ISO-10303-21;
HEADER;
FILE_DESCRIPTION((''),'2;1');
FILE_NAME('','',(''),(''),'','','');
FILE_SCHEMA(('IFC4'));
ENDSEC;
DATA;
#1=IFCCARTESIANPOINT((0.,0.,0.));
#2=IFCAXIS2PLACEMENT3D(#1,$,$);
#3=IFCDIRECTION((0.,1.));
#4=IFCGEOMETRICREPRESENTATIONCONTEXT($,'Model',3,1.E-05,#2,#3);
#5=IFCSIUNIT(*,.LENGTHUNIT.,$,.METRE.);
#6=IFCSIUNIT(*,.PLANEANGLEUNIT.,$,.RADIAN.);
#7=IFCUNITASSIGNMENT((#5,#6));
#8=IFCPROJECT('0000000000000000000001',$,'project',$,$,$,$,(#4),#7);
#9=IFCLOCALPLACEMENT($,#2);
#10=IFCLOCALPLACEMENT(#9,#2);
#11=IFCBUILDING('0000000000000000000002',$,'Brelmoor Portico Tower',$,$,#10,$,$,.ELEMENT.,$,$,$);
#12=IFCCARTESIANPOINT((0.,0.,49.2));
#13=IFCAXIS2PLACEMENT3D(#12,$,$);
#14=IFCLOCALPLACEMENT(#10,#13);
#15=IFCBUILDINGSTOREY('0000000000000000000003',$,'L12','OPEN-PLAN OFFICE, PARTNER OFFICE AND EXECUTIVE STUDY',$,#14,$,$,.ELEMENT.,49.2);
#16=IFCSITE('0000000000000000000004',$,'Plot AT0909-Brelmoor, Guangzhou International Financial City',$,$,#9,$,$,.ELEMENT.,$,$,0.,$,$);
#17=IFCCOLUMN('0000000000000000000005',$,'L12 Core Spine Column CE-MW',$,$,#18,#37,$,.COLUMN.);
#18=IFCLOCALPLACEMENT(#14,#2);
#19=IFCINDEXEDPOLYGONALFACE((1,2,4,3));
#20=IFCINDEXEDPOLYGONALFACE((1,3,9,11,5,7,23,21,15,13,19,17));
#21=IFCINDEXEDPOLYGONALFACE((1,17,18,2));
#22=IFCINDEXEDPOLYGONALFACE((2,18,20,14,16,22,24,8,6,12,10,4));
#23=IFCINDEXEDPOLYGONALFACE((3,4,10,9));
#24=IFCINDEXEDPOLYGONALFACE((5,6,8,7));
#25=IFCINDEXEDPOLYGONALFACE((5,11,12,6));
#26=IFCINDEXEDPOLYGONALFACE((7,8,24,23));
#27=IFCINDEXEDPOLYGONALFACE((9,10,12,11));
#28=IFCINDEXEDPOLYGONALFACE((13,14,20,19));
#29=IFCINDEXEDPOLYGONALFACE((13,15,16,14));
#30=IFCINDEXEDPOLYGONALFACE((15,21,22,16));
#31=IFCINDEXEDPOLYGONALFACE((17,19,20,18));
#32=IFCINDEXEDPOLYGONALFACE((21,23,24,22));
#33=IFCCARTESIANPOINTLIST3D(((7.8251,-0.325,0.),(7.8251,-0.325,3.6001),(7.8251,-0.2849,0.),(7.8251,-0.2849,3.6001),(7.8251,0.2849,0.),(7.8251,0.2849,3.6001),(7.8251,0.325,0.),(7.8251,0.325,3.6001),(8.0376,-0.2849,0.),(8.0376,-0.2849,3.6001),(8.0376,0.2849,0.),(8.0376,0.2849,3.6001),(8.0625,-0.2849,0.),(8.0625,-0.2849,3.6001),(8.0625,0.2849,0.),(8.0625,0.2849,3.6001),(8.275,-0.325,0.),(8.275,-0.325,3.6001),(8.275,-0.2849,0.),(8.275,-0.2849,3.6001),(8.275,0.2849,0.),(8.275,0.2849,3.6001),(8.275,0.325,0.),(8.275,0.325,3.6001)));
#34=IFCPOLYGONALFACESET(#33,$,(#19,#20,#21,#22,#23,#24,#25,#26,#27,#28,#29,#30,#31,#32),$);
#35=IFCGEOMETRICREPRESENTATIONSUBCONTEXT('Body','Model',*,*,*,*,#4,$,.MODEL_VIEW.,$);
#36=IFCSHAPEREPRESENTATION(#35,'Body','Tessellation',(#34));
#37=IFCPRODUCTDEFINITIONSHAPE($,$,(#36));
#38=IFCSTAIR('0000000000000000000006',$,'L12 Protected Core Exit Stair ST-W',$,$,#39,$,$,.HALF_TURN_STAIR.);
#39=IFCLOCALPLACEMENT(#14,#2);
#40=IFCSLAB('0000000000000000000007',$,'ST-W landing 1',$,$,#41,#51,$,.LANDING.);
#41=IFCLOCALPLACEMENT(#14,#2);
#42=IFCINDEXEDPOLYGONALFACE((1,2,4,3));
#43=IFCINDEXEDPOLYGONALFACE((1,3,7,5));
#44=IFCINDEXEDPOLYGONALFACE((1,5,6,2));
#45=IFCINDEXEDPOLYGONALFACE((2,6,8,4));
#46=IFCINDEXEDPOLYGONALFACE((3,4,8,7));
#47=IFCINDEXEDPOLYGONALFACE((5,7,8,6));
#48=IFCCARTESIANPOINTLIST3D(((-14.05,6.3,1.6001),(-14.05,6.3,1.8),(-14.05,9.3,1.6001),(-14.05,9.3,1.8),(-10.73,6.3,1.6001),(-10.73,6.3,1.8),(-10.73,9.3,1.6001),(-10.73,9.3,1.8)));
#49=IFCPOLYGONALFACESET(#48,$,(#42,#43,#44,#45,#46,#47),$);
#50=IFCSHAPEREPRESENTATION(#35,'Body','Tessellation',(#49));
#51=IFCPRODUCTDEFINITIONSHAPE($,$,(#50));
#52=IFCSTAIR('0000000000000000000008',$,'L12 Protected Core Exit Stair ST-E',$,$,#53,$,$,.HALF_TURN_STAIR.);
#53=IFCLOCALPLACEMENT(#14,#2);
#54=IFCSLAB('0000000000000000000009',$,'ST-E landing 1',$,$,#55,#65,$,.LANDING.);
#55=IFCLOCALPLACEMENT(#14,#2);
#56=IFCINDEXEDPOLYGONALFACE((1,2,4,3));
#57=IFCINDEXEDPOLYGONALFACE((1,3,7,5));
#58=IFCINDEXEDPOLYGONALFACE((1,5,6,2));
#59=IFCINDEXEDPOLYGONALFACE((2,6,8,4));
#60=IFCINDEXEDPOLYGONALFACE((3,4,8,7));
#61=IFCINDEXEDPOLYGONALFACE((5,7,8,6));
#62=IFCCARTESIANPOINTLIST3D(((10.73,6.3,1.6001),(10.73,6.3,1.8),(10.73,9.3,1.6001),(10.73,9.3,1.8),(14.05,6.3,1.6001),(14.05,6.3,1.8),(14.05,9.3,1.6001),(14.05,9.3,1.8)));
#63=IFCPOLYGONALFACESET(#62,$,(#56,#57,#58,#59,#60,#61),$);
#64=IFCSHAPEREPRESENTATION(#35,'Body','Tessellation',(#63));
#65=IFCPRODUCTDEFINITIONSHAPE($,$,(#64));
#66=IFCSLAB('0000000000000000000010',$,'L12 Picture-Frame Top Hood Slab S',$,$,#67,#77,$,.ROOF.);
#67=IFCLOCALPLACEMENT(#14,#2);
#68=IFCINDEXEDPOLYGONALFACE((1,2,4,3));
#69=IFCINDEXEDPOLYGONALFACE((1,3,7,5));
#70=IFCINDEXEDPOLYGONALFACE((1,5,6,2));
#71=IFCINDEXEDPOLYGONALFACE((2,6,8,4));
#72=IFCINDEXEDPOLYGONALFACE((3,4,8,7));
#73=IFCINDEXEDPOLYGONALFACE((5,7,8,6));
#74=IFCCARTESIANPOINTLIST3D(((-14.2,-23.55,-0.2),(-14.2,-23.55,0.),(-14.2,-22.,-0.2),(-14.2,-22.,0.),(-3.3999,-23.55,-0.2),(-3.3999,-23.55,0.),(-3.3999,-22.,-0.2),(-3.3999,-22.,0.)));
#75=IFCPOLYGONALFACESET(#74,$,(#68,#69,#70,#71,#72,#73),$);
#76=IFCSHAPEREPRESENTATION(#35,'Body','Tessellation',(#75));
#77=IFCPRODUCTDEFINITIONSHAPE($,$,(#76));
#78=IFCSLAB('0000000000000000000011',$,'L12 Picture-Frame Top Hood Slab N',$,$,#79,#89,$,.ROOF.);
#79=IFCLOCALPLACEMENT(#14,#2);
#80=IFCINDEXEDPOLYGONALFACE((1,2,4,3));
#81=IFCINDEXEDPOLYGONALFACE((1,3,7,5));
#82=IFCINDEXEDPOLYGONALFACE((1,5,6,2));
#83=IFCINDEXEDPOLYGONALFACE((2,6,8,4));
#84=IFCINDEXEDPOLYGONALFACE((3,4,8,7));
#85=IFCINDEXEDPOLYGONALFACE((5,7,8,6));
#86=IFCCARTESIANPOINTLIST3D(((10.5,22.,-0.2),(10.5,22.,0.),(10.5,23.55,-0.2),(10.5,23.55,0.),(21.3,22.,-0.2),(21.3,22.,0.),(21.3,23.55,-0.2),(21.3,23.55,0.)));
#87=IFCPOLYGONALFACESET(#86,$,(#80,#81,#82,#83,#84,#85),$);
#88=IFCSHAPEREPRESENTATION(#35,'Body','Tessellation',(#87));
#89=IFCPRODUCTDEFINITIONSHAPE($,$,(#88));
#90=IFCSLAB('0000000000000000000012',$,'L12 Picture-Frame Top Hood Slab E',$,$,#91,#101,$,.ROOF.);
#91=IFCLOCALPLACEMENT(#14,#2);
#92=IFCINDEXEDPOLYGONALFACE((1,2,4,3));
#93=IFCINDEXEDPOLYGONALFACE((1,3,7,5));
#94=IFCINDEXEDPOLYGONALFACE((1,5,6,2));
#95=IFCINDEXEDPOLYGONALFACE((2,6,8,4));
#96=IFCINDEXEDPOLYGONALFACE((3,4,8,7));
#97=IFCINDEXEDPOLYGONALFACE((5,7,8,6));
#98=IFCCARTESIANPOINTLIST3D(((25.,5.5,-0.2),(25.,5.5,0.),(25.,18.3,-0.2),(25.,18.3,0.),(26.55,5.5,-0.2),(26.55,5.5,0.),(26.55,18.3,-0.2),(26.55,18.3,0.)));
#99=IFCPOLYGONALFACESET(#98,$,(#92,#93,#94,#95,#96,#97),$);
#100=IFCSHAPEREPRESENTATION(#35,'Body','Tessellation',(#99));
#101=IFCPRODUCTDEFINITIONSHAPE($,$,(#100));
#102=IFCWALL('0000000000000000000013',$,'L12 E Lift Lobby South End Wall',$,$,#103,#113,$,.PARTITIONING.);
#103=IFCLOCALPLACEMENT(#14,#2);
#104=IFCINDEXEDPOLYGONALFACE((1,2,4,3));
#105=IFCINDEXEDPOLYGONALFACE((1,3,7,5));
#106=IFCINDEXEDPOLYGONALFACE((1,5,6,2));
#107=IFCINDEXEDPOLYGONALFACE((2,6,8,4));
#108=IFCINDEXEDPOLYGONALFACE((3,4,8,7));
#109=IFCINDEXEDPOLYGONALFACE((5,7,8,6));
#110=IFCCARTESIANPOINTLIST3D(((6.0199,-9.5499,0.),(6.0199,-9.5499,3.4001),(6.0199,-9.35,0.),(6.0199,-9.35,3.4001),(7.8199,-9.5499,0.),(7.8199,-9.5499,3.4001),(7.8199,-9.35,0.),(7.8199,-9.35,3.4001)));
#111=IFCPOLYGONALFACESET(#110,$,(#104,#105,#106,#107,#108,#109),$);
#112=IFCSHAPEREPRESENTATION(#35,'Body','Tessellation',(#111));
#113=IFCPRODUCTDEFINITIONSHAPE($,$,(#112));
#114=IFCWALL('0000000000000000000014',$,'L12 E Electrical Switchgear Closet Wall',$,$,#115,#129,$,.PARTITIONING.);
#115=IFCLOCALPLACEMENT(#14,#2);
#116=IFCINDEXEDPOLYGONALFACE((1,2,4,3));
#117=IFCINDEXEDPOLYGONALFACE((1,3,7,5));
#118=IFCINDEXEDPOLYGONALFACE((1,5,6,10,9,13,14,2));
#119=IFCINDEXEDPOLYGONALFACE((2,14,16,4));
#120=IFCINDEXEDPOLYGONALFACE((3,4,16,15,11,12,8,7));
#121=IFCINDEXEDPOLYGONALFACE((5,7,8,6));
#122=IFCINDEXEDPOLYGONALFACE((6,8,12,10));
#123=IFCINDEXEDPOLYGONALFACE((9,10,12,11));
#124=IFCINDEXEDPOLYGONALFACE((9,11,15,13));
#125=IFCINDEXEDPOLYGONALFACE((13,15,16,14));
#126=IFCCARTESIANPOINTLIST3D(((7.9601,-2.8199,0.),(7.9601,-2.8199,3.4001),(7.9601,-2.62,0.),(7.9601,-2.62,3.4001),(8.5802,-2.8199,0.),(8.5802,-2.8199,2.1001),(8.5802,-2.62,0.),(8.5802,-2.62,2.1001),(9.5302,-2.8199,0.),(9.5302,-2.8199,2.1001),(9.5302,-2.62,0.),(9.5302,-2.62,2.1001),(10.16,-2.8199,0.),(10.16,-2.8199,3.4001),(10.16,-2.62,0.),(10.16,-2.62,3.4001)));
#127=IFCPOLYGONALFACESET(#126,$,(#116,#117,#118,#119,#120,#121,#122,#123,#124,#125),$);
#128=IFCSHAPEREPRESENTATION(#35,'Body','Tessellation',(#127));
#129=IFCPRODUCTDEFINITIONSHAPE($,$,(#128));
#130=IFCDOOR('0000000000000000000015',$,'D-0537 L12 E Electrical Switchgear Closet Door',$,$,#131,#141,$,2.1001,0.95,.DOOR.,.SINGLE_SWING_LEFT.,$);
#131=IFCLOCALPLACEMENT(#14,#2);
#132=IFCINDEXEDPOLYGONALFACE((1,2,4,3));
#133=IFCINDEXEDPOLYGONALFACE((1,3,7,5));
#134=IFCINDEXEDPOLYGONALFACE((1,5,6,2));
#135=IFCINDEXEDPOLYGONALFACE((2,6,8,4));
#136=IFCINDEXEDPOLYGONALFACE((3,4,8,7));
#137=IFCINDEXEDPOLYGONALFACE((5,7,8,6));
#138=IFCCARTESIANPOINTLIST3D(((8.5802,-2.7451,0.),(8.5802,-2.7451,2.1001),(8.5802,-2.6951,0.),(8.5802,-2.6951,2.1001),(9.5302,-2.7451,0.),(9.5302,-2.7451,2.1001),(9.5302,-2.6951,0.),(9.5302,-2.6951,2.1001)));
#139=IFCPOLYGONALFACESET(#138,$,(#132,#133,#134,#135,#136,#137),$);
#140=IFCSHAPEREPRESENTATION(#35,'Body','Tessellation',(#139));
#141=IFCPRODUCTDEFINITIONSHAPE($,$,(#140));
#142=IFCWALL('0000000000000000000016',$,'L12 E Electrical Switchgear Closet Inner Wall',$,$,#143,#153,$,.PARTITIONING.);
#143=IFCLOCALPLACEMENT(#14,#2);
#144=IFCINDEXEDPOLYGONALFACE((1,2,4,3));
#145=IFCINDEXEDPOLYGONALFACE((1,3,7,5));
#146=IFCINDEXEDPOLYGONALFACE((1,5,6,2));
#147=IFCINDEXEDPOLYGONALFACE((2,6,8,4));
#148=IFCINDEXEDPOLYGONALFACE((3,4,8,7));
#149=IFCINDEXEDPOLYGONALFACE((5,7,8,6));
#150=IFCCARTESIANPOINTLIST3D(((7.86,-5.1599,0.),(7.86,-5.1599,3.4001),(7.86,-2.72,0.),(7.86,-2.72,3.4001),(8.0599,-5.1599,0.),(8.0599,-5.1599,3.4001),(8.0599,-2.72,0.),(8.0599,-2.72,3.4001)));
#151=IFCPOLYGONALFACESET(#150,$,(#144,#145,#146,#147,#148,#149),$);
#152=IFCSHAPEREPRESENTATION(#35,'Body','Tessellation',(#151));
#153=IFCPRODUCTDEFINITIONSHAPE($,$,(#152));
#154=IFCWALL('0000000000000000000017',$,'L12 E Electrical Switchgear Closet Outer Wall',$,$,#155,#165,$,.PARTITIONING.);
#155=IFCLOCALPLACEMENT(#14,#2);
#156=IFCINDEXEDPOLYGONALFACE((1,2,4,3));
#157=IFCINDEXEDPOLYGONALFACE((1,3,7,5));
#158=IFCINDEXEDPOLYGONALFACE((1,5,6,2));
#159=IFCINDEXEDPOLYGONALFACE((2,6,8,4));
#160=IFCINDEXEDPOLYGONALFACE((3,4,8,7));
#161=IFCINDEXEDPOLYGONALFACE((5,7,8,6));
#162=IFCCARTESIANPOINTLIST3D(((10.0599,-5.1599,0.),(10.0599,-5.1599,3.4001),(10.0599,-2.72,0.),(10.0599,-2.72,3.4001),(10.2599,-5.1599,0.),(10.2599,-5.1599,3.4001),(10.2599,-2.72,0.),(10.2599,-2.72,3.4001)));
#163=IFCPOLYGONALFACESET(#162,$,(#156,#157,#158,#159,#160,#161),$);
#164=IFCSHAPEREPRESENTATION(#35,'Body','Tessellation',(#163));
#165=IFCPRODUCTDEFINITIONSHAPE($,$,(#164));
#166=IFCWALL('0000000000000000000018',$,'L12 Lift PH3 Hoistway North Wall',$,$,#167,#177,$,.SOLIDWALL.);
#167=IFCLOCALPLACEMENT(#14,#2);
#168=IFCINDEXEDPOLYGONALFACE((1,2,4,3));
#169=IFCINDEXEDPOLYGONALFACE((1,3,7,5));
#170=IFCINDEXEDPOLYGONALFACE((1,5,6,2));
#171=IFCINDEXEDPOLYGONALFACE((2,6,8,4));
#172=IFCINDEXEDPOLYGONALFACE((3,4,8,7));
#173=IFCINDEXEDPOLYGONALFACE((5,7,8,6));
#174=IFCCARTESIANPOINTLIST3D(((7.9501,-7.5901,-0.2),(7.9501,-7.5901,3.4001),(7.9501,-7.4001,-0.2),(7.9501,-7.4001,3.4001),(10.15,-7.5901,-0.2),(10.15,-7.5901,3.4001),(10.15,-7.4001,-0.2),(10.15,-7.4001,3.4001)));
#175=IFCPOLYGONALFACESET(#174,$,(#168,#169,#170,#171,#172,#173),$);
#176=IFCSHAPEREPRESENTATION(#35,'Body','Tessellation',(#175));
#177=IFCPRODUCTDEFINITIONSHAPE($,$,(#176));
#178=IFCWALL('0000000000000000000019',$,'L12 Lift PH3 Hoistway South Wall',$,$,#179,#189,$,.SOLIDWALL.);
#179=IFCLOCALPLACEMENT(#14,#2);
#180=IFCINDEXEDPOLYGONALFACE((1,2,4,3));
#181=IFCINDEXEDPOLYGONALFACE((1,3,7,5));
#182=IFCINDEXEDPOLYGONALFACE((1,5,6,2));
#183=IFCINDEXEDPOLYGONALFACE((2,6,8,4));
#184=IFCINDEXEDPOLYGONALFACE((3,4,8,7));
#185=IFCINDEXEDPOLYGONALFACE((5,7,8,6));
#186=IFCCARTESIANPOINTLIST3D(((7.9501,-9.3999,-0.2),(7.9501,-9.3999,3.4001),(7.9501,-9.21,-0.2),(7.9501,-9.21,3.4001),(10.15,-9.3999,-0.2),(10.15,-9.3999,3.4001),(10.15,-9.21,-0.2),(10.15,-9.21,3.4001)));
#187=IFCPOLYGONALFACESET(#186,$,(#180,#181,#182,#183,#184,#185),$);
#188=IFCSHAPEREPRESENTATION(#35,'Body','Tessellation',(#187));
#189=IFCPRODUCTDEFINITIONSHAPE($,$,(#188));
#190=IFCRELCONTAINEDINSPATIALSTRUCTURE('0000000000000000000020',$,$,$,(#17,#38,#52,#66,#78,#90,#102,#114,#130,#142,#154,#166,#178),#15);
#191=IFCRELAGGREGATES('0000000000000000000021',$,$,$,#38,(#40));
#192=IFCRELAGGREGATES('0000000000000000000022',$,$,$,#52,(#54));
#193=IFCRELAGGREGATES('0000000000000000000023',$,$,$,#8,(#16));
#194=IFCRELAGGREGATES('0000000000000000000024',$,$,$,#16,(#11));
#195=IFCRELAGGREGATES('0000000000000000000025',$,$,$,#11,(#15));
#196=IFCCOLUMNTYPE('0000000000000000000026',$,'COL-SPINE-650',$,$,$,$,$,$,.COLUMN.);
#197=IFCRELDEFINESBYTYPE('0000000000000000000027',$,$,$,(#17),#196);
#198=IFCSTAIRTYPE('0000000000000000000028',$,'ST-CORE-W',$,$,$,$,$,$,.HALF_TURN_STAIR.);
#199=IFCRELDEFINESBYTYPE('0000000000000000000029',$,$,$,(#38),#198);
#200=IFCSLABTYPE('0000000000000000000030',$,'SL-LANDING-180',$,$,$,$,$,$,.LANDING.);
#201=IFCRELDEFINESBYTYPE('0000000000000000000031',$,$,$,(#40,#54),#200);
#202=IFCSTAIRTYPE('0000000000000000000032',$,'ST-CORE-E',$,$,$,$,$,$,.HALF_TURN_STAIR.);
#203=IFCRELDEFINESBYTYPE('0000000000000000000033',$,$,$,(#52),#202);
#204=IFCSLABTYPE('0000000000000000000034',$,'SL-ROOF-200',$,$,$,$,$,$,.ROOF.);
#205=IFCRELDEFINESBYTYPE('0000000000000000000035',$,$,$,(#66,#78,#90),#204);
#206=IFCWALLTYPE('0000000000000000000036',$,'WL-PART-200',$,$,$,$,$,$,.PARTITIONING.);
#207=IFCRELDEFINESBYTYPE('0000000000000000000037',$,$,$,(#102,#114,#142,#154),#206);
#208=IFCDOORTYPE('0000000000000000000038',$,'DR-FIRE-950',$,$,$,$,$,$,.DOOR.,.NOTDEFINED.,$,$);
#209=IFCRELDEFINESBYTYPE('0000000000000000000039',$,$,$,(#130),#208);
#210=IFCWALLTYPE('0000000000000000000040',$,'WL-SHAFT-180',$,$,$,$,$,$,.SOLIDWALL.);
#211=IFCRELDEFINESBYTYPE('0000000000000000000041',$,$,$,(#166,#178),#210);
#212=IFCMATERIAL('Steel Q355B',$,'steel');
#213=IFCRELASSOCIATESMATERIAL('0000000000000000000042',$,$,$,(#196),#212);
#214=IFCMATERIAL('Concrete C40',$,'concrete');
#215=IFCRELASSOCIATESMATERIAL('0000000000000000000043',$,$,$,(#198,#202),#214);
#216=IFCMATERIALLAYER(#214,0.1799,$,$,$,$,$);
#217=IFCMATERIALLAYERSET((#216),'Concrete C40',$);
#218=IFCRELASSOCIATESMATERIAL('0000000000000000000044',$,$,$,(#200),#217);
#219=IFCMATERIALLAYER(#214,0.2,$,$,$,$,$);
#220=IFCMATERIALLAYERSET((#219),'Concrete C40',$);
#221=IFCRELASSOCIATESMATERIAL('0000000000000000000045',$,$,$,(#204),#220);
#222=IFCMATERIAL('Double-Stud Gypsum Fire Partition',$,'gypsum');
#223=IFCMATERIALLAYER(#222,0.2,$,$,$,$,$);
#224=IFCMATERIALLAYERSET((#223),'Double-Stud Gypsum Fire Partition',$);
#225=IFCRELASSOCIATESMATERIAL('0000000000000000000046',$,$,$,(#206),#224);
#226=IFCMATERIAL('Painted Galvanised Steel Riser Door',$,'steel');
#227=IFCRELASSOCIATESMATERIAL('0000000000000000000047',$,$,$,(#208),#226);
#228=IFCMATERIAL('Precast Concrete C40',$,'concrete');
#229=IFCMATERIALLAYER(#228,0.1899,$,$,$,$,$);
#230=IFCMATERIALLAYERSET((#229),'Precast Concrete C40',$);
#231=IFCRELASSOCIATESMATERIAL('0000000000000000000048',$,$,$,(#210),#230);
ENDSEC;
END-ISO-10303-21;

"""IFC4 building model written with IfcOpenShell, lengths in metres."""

from ifc_helpers import new_model, si_unit, direction, frame, frame_2d, origin, origin_2d, place, context, subcontext, project, spatial, polyline, rectangle, i_section, outline, extrude, material, layer, layer_set, material_profile, profile_set, type_object, element, fill, aggregate, save


model = new_model("IFC4")

# Units and contexts
model_context = context("Model", 3, precision=1e-05, world=origin(), true_north=direction((0.0, 1.0)))
body_context = subcontext(model_context, "Body", "Model", "MODEL_VIEW")
ifc_project = project(units=[si_unit("LENGTHUNIT", "METRE"), si_unit("PLANEANGLEUNIT", "RADIAN")], contexts=[model_context])

# Site, building, storey
site_placement = place(None, origin())
site = spatial("IfcSite", under=ifc_project, at=site_placement, Name="Plot AT0909-Brelmoor, Guangzhou International Financial City", CompositionType="ELEMENT", RefElevation=0.0)
building_placement = place(site_placement, origin())
building = spatial("IfcBuilding", under=site, at=building_placement, Name="Brelmoor Portico Tower", CompositionType="ELEMENT")
storey_placement = place(building_placement, frame((0.0, 0.0, 49.2)))
storey = spatial("IfcBuildingStorey", under=building, at=storey_placement, Name="L12", Description="OPEN-PLAN OFFICE, PARTNER OFFICE AND EXECUTIVE STUDY", CompositionType="ELEMENT", Elevation=49.2)

# Column
ifc_material_1 = material(Name="Steel Q355B", Category="steel")
ifc_material_profile = material_profile(ifc_material_1, i_section(OverallWidth=0.45, OverallDepth=0.6499, WebThickness=0.0249, FlangeThickness=0.04, at=origin_2d()), Name="HW 650x450x25x40")
ifc_profile_set = profile_set([ifc_material_profile], Name="Steel Q355B")
column_type = type_object("IfcColumnType", Name="COL-SPINE-650", PredefinedType="COLUMN", material=ifc_profile_set)
column_placement = place(storey_placement, frame((8.05, 0.0, 0.0), z_axis=(0.0, 0.0, 1.0), x_axis=(1.0, 0.0, 0.0)))
element("IfcColumn", 1, at=column_placement, inside=storey, type_object=column_type, Name="L12 Core Spine Column CE-MW", PredefinedType="COLUMN", context=body_context, shape_type="SweptSolid", body=[
    extrude(i_section(OverallWidth=0.45, OverallDepth=0.6499, WebThickness=0.0249, FlangeThickness=0.04, at=origin_2d()), origin(), (0.0, 0.0, 1.0), 3.6001),
])

# Stairs, slabs
ifc_material_2 = material(Name="Concrete C40", Category="concrete")
stair_type_1 = type_object("IfcStairType", Name="ST-CORE-W", PredefinedType="HALF_TURN_STAIR", material=ifc_material_2)
stair_1_placement = place(storey_placement, origin())
stair_1 = element("IfcStair", 2, at=stair_1_placement, inside=storey, type_object=stair_type_1, Name="L12 Protected Core Exit Stair ST-W", PredefinedType="HALF_TURN_STAIR")
ifc_layer_1 = layer(ifc_material_2, 0.1799)
ifc_layer_set_1 = layer_set([ifc_layer_1], Name="Concrete C40")
slab_type_1 = type_object("IfcSlabType", Name="SL-LANDING-180", PredefinedType="LANDING", material=ifc_layer_set_1)
slab_1_placement = place(storey_placement, frame((0.0, 0.0, 1.6001)))
slab_1 = element("IfcSlab", 3, at=slab_1_placement, type_object=slab_type_1, Name="ST-W landing 1", PredefinedType="LANDING", context=body_context, shape_type="SweptSolid", body=[
    extrude(outline(polyline([(-10.73, 6.3), (-10.73, 9.3), (-14.05, 9.3), (-14.05, 6.3), (-10.73, 6.3)])), origin(), (0.0, 0.0, 1.0), 0.2),
])
aggregate(stair_1, [slab_1])
stair_type_2 = type_object("IfcStairType", Name="ST-CORE-E", PredefinedType="HALF_TURN_STAIR", material=ifc_material_2)
stair_2_placement = place(storey_placement, origin())
stair_2 = element("IfcStair", 4, at=stair_2_placement, inside=storey, type_object=stair_type_2, Name="L12 Protected Core Exit Stair ST-E", PredefinedType="HALF_TURN_STAIR")
slab_2_placement = place(storey_placement, frame((0.0, 0.0, 1.6001)))
slab_2 = element("IfcSlab", 5, at=slab_2_placement, type_object=slab_type_1, Name="ST-E landing 1", PredefinedType="LANDING", context=body_context, shape_type="SweptSolid", body=[
    extrude(outline(polyline([(14.05, 6.3), (14.05, 9.3), (10.73, 9.3), (10.73, 6.3), (14.05, 6.3)])), origin(), (0.0, 0.0, 1.0), 0.2),
])
aggregate(stair_2, [slab_2])

# Slabs
ifc_layer_2 = layer(ifc_material_2, 0.2)
ifc_layer_set_2 = layer_set([ifc_layer_2], Name="Concrete C40")
slab_type_2 = type_object("IfcSlabType", Name="SL-ROOF-200", PredefinedType="ROOF", material=ifc_layer_set_2)
slab_3_placement = place(storey_placement, frame((0.0, 0.0, -0.2)))
element("IfcSlab", 6, at=slab_3_placement, inside=storey, type_object=slab_type_2, Name="L12 Picture-Frame Top Hood Slab S", PredefinedType="ROOF", context=body_context, shape_type="SweptSolid", body=[
    extrude(outline(polyline([(-14.2, -23.55), (-3.3999, -23.55), (-3.3999, -22.0), (-14.2, -22.0), (-14.2, -23.55)])), origin(), (0.0, 0.0, 1.0), 0.2),
])
slab_4_placement = place(storey_placement, frame((0.0, 0.0, -0.2)))
element("IfcSlab", 7, at=slab_4_placement, inside=storey, type_object=slab_type_2, Name="L12 Picture-Frame Top Hood Slab N", PredefinedType="ROOF", context=body_context, shape_type="SweptSolid", body=[
    extrude(outline(polyline([(10.5, 22.0), (21.3, 22.0), (21.3, 23.55), (10.5, 23.55), (10.5, 22.0)])), origin(), (0.0, 0.0, 1.0), 0.2),
])
slab_5_placement = place(storey_placement, frame((0.0, 0.0, -0.2)))
element("IfcSlab", 8, at=slab_5_placement, inside=storey, type_object=slab_type_2, Name="L12 Picture-Frame Top Hood Slab E", PredefinedType="ROOF", context=body_context, shape_type="SweptSolid", body=[
    extrude(outline(polyline([(25.0, 5.5), (26.55, 5.5), (26.55, 18.3), (25.0, 18.3), (25.0, 5.5)])), origin(), (0.0, 0.0, 1.0), 0.2),
])

# Wall
ifc_material_3 = material(Name="Double-Stud Gypsum Fire Partition", Category="gypsum")
ifc_layer_3 = layer(ifc_material_3, 0.2)
ifc_layer_set_3 = layer_set([ifc_layer_3], Name="Double-Stud Gypsum Fire Partition")
wall_type_1 = type_object("IfcWallType", Name="WL-PART-200", PredefinedType="PARTITIONING", material=ifc_layer_set_3)
wall_1_placement = place(storey_placement, frame((6.02, -9.45, 0.0), z_axis=(0.0, 0.0, 1.0), x_axis=(1.0, 0.0, 0.0)))
element("IfcWall", 9, at=wall_1_placement, inside=storey, type_object=wall_type_1, Name="L12 E Lift Lobby South End Wall", PredefinedType="PARTITIONING", context=body_context, shape_type="SweptSolid", body=[
    extrude(rectangle(XDim=1.8, YDim=0.2, at=frame_2d((0.8999, 0.0))), origin(), (0.0, 0.0, 1.0), 3.4001),
])

# Wall, opening, door
wall_2_placement = place(storey_placement, frame((7.96, -2.72, 0.0), z_axis=(0.0, 0.0, 1.0), x_axis=(1.0, 0.0, 0.0)))
wall_2 = element("IfcWall", 10, at=wall_2_placement, inside=storey, type_object=wall_type_1, Name="L12 E Electrical Switchgear Closet Wall", PredefinedType="PARTITIONING", context=body_context, shape_type="SweptSolid", body=[
    extrude(rectangle(XDim=2.2, YDim=0.2, at=frame_2d((1.1001, 0.0))), origin(), (0.0, 0.0, 1.0), 3.4001),
])
opening_1_placement = place(wall_2_placement, frame((0.6201, 0.0, 0.0)))
opening_1 = element("IfcOpeningElement", 11, at=opening_1_placement, cuts=wall_2, PredefinedType="OPENING", context=body_context, shape_type="SweptSolid", body=[
    extrude(rectangle(XDim=0.95, YDim=2.1001, at=frame_2d((0.4751, 1.05))), frame((0.0, 0.1099, 0.0), z_axis=(0.0, -1.0, 0.0), x_axis=(1.0, 0.0, 0.0)), (0.0, 0.0, 1.0), 0.22),
])
ifc_material_4 = material(Name="Painted Galvanised Steel Riser Door", Category="steel")
door_type_1 = type_object("IfcDoorType", Name="DR-FIRE-950", OperationType="NOTDEFINED", PredefinedType="DOOR", material=ifc_material_4)
door_1_placement = place(opening_1_placement, origin())
door_1 = element("IfcDoor", 12, at=door_1_placement, inside=storey, type_object=door_type_1, Name="D-0537 L12 E Electrical Switchgear Closet Door", OperationType="SINGLE_SWING_LEFT", OverallHeight=2.1001, OverallWidth=0.95, PredefinedType="DOOR", context=body_context, shape_type="SweptSolid", body=[
    extrude(rectangle(XDim=0.95, YDim=2.1001, at=frame_2d((0.4751, 1.05))), frame((0.0, 0.0249, 0.0), z_axis=(0.0, -1.0, 0.0), x_axis=(1.0, 0.0, 0.0)), (0.0, 0.0, 1.0), 0.05),
])
fill(opening_1, door_1)

# Walls
for number, where, z_axis, x_axis, name in (
    (13, (7.96, -5.1599, 0.0), (0.0, 0.0, 1.0), (0.0, 1.0, 0.0), "L12 E Electrical Switchgear Closet Inner Wall"),
    (14, (10.1599, -5.1599, 0.0), (0.0, 0.0, 1.0), (0.0, 1.0, 0.0), "L12 E Electrical Switchgear Closet Outer Wall"),
):
    element("IfcWall", number, at=place(storey_placement, frame(where, z_axis=z_axis, x_axis=x_axis)), inside=storey, type_object=wall_type_1, Name=name, PredefinedType="PARTITIONING", context=body_context, shape_type="SweptSolid", body=[
        extrude(rectangle(XDim=2.4399, YDim=0.2, at=frame_2d((1.22, 0.0))), origin(), (0.0, 0.0, 1.0), 3.4001),
    ])
ifc_material_5 = material(Name="Precast Concrete C40", Category="concrete")
ifc_layer_4 = layer(ifc_material_5, 0.1899)
ifc_layer_set_4 = layer_set([ifc_layer_4], Name="Precast Concrete C40")
wall_type_2 = type_object("IfcWallType", Name="WL-SHAFT-180", PredefinedType="SOLIDWALL", material=ifc_layer_set_4)
for number, where, z_axis, x_axis, name in (
    (15, (7.95, -7.4951, -0.2), (0.0, 0.0, 1.0), (1.0, 0.0, 0.0), "L12 Lift PH3 Hoistway North Wall"),
    (16, (7.95, -9.3049, -0.2), (0.0, 0.0, 1.0), (1.0, 0.0, 0.0), "L12 Lift PH3 Hoistway South Wall"),
):
    element("IfcWall", number, at=place(storey_placement, frame(where, z_axis=z_axis, x_axis=x_axis)), inside=storey, type_object=wall_type_2, Name=name, PredefinedType="SOLIDWALL", context=body_context, shape_type="SweptSolid", body=[
        extrude(rectangle(XDim=2.2, YDim=0.1899, at=frame_2d((1.1001, 0.0))), origin(), (0.0, 0.0, 1.0), 3.6001),
    ])

save(model, "model.ifc")
